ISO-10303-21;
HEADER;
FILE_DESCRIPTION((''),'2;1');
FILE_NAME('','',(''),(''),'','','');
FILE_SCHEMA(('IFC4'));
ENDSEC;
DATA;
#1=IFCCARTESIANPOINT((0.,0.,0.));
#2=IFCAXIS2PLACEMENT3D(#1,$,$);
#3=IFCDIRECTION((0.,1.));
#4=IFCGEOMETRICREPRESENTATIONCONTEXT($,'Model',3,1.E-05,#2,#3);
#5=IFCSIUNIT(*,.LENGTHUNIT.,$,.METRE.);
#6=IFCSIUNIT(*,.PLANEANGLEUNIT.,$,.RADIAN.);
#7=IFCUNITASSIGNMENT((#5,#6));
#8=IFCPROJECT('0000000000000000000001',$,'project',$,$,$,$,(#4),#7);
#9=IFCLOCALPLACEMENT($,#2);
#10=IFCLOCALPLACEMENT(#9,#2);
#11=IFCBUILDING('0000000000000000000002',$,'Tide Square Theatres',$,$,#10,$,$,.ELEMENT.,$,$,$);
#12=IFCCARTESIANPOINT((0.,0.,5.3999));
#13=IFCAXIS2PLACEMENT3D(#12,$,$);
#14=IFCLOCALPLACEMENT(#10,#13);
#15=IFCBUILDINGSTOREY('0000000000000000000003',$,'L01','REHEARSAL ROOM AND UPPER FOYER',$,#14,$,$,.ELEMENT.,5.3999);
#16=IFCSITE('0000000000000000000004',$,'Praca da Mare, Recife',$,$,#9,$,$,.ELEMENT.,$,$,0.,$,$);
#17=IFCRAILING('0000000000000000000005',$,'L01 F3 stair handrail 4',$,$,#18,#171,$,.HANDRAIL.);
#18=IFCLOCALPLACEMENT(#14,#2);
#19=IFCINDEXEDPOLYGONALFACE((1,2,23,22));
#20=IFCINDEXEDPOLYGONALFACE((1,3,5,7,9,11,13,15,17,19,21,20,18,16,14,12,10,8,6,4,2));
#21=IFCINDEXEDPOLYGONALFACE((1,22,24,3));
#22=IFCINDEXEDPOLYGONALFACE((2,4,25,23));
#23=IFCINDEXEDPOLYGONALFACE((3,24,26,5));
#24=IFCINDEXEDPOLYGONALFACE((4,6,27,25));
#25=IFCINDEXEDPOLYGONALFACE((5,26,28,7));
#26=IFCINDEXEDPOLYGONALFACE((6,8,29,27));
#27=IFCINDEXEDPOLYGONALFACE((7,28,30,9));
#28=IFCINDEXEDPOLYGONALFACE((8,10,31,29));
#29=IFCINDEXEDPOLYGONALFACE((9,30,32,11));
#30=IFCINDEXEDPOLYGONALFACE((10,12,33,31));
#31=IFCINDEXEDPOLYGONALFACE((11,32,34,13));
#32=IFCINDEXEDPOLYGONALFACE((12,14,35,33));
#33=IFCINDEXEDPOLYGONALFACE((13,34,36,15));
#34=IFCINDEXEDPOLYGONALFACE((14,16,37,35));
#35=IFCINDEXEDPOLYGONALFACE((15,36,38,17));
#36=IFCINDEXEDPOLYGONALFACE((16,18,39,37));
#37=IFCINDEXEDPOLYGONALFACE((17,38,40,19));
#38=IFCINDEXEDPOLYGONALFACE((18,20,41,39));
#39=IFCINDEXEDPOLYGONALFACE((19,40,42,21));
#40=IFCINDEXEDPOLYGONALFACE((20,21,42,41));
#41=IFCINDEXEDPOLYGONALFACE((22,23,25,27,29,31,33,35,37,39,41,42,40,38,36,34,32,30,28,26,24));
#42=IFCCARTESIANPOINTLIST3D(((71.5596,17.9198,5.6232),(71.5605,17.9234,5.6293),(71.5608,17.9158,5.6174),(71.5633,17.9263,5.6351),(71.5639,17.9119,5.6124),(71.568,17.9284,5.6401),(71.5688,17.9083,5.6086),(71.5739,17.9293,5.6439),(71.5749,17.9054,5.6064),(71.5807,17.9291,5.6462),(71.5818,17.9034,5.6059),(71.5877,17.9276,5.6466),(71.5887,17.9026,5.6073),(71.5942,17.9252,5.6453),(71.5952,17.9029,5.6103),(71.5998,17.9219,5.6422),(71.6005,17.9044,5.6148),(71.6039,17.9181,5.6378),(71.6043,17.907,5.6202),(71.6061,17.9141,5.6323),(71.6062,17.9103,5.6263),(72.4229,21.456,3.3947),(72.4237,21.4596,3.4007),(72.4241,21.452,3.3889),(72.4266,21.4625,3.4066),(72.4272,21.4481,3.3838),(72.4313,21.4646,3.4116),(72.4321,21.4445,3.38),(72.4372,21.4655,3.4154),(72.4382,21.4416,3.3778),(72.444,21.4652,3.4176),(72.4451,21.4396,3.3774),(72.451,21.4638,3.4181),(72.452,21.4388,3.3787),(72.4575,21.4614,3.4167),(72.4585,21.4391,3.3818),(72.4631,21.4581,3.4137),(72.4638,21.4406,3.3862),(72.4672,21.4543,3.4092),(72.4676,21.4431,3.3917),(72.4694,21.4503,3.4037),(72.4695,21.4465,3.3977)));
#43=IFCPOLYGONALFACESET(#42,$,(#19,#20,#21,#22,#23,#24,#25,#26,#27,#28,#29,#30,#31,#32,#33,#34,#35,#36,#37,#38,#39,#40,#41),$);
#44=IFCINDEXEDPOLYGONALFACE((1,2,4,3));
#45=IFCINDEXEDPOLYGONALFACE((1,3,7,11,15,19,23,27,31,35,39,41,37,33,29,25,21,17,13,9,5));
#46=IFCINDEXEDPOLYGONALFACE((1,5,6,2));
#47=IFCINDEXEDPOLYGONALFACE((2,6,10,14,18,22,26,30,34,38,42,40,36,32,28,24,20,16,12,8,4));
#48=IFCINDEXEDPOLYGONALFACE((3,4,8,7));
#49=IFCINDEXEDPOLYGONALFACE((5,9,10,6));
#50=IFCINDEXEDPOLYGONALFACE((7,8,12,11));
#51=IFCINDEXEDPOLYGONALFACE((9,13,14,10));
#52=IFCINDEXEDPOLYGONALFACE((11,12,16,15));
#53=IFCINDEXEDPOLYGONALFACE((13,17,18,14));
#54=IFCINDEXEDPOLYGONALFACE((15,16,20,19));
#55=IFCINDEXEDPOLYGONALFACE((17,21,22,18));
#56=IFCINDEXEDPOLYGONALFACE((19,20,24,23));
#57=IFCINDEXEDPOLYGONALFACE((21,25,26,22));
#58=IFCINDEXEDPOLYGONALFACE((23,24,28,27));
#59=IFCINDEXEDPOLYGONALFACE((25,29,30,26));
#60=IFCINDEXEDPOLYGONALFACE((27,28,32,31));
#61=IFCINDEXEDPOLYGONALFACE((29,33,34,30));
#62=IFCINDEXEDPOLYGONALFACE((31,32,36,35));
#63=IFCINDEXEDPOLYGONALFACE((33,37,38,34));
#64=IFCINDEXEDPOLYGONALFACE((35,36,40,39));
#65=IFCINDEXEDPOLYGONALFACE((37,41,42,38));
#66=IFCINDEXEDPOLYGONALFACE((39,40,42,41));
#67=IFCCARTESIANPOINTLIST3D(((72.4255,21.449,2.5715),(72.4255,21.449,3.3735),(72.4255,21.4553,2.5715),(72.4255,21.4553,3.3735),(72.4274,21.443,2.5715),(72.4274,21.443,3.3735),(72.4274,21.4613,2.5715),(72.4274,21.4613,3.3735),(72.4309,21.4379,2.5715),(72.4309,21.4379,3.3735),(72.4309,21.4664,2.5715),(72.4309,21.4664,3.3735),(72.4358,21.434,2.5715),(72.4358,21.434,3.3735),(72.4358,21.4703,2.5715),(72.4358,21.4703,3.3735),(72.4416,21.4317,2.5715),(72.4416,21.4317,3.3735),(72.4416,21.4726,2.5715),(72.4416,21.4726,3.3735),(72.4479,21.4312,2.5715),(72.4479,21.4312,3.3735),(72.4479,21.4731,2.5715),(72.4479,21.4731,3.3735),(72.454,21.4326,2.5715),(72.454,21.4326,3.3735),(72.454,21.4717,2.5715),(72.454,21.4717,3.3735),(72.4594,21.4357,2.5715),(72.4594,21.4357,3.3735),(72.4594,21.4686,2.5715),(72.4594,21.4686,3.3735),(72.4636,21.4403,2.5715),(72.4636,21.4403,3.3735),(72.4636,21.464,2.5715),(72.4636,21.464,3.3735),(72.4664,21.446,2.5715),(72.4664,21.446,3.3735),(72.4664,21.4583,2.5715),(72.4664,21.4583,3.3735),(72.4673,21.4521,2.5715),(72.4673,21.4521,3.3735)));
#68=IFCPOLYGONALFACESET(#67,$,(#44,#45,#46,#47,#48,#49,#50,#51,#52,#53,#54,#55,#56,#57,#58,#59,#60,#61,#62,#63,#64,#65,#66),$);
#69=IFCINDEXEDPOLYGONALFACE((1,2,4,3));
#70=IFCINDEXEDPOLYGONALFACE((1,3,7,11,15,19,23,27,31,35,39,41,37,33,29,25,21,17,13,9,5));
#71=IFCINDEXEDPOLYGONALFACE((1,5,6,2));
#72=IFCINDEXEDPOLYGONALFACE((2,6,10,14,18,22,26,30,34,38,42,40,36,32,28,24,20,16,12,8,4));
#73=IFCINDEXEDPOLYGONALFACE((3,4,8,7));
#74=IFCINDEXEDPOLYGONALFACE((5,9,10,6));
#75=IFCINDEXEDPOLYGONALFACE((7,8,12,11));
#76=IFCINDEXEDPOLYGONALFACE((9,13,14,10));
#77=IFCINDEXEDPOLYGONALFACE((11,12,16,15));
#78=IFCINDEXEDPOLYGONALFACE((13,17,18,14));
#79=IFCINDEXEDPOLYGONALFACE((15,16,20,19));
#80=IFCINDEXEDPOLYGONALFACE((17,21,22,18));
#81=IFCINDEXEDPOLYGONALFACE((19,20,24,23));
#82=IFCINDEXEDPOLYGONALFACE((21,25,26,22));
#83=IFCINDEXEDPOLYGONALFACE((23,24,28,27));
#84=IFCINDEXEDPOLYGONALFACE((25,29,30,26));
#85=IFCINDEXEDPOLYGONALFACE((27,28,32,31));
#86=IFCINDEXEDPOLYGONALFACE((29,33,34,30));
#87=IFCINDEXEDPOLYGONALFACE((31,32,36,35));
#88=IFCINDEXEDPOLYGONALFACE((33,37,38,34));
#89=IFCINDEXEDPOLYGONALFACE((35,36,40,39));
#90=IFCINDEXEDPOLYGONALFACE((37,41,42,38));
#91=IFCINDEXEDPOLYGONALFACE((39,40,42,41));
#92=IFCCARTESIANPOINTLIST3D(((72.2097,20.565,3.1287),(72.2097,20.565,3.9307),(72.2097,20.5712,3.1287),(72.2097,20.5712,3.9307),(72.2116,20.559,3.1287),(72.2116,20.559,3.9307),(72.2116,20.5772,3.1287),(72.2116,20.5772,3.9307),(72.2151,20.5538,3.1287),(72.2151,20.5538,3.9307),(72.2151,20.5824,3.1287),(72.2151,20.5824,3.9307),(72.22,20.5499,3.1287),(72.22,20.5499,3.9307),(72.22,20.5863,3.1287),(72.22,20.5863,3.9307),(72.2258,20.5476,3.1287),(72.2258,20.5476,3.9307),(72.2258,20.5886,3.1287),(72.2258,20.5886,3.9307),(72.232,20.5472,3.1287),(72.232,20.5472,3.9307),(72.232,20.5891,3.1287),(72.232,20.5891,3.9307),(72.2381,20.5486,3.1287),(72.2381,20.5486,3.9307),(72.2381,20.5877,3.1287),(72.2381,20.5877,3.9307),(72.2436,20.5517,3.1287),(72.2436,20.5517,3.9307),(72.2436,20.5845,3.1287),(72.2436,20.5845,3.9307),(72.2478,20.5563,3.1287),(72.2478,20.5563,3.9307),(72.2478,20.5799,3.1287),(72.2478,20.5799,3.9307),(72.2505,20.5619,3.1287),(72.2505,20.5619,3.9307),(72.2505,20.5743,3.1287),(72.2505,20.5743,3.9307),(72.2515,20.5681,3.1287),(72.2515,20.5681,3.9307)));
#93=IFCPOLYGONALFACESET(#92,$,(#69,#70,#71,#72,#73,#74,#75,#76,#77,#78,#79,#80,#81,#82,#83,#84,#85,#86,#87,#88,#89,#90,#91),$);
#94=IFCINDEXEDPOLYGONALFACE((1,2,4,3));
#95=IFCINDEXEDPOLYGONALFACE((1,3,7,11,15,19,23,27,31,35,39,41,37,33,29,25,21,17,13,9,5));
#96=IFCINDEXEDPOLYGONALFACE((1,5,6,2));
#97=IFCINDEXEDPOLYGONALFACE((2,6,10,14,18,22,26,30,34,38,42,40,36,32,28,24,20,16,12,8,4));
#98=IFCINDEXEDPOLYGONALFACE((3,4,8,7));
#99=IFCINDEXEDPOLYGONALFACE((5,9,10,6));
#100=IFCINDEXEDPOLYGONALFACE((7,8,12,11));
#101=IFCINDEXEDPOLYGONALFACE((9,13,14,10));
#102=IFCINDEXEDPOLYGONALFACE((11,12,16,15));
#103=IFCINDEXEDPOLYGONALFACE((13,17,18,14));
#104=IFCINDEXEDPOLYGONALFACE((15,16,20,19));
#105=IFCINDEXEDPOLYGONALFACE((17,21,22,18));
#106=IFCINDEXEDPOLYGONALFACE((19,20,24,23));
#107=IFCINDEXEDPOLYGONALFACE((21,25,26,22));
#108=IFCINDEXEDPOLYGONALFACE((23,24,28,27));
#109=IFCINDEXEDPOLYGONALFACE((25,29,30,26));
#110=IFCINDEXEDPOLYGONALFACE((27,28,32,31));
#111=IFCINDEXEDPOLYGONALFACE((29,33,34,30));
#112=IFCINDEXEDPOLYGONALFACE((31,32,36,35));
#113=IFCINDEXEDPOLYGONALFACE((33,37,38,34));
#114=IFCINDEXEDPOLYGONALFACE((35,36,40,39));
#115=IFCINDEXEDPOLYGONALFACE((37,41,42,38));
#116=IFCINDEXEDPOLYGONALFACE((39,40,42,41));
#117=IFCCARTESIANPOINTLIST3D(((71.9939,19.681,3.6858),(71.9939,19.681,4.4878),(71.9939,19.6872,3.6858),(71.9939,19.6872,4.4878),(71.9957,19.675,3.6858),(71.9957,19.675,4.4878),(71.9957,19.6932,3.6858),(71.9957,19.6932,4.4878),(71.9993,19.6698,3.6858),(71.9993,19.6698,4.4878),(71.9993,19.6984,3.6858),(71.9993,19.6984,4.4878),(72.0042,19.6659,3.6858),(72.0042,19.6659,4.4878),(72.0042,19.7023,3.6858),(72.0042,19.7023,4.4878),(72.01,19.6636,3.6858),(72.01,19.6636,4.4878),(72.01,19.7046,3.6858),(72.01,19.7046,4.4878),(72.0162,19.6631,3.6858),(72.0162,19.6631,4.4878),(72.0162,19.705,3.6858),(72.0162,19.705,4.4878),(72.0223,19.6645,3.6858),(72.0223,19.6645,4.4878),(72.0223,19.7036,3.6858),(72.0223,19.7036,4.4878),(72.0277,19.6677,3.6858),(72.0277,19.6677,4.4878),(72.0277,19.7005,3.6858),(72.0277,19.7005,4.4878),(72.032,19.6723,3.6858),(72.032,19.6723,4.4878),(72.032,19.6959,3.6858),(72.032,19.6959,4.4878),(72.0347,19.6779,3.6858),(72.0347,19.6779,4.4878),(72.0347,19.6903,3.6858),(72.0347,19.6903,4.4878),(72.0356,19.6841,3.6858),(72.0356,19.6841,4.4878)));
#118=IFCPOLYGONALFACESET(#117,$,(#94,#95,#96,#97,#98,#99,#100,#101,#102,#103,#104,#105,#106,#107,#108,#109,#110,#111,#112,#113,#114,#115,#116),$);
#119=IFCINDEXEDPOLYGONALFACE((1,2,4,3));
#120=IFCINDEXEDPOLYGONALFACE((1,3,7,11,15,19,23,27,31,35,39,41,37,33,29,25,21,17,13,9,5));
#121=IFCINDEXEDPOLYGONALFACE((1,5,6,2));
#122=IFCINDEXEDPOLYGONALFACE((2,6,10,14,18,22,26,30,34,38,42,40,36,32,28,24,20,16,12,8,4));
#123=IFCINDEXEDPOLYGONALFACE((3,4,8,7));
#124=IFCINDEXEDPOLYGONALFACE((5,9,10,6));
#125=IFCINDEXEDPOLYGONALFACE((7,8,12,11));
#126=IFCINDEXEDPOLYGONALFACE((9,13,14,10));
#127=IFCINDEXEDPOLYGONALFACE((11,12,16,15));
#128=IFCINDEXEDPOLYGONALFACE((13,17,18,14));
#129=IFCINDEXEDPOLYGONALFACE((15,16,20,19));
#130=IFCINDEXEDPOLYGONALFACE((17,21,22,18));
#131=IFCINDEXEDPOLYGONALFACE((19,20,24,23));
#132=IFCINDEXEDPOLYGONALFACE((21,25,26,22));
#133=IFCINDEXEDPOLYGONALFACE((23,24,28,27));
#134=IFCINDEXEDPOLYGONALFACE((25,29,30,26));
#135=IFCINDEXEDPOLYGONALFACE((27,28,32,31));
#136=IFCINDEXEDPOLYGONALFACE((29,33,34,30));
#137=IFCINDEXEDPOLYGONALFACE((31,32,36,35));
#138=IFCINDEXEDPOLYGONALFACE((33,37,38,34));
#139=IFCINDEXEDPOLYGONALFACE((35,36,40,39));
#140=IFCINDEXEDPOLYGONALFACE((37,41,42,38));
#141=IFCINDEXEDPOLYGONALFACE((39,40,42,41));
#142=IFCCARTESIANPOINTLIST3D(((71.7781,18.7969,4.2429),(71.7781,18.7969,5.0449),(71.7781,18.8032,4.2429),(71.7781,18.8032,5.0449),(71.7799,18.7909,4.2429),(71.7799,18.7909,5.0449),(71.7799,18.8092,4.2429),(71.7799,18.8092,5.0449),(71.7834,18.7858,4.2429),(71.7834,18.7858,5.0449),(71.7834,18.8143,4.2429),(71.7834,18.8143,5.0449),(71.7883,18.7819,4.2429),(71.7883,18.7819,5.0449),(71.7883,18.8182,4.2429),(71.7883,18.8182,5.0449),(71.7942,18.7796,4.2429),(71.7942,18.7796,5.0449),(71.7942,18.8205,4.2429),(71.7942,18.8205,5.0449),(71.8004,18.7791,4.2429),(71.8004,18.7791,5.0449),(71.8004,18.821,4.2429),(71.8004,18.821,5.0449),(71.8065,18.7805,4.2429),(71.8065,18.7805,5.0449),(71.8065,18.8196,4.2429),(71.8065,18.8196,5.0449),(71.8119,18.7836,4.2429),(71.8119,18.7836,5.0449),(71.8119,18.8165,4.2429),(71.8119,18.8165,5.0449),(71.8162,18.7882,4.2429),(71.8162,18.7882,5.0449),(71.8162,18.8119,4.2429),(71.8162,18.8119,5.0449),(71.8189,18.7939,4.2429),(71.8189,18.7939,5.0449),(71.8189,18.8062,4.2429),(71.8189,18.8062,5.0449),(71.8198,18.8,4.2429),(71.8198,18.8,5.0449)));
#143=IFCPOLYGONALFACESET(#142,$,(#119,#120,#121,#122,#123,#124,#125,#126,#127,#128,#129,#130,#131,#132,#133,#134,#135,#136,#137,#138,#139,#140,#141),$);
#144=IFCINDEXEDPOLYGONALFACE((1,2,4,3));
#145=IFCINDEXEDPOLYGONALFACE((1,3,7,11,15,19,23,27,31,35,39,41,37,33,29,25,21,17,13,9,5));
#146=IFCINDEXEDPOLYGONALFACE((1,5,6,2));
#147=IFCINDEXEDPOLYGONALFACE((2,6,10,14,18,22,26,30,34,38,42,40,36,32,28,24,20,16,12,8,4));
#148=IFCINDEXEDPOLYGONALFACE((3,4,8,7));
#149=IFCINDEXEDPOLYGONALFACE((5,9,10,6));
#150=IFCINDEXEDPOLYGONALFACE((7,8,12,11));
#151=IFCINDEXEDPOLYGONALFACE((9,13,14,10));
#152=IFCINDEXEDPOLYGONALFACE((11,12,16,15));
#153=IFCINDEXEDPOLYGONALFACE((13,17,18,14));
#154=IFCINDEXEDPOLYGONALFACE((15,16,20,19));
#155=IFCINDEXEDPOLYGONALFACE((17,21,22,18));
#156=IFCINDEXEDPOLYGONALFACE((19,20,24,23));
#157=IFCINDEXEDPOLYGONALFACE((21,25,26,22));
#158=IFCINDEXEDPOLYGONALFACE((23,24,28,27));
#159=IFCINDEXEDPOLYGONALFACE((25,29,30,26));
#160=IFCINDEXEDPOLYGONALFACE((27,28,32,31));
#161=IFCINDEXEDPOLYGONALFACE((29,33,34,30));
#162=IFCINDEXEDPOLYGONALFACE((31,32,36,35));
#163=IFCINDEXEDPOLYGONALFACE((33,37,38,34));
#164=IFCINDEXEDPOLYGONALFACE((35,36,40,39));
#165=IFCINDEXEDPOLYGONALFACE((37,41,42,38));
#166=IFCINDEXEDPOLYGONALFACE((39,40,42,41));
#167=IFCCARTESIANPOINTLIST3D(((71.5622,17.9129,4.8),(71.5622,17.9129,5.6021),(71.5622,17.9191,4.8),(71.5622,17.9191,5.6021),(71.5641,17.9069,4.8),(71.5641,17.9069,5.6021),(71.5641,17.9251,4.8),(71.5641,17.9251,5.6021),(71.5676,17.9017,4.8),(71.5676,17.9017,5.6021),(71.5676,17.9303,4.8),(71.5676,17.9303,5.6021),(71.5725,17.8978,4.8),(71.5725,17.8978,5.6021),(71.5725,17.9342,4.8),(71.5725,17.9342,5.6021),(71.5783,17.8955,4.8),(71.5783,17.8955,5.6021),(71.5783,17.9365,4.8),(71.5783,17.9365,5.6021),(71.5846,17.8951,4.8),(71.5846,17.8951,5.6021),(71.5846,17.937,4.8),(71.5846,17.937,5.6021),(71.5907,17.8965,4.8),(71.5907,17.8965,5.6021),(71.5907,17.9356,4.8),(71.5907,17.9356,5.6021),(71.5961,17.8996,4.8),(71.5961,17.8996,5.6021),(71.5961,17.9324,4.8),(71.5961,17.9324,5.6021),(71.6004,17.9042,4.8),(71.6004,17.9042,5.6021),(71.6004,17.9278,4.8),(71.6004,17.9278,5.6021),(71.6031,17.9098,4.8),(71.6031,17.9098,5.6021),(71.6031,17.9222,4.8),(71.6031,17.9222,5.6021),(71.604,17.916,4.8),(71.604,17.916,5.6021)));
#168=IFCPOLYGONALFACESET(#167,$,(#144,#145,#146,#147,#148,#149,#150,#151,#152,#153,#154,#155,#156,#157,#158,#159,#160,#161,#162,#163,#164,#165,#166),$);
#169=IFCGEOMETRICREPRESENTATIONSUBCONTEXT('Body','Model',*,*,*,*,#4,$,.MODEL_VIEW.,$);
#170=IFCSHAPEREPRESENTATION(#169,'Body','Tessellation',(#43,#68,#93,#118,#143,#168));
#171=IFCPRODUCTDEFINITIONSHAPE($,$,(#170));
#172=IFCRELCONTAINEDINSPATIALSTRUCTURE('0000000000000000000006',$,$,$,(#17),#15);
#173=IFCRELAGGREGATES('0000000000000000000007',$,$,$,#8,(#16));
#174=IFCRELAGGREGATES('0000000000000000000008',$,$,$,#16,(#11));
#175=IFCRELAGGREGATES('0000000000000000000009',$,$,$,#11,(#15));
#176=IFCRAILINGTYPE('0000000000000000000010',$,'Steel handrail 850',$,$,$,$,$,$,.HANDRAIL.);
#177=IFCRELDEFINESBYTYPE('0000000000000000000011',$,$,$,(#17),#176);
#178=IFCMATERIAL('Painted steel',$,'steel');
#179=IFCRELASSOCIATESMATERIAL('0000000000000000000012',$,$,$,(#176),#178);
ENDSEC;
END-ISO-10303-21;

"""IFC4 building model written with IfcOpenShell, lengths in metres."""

from ifc_helpers import new_model, si_unit, direction, frame, origin, origin_2d, place, context, subcontext, project, spatial, circle, extrude, material, type_object, element, save


model = new_model("IFC4")

# Units and contexts
model_context = context("Model", 3, precision=1e-05, world=origin(), true_north=direction((0.0, 1.0)))
body_context = subcontext(model_context, "Body", "Model", "MODEL_VIEW")
ifc_project = project(units=[si_unit("LENGTHUNIT", "METRE"), si_unit("PLANEANGLEUNIT", "RADIAN")], contexts=[model_context])

# Site, building, storey
site_placement = place(None, origin())
site = spatial("IfcSite", under=ifc_project, at=site_placement, Name="Praca da Mare, Recife", CompositionType="ELEMENT", RefElevation=0.0)
building_placement = place(site_placement, origin())
building = spatial("IfcBuilding", under=site, at=building_placement, Name="Tide Square Theatres", CompositionType="ELEMENT")
storey_placement = place(building_placement, frame((0.0, 0.0, 5.3999)))
storey = spatial("IfcBuildingStorey", under=building, at=storey_placement, Name="L01", Description="REHEARSAL ROOM AND UPPER FOYER", CompositionType="ELEMENT", Elevation=5.3999)

# Railing
ifc_material_1 = material(Name="Painted steel", Category="steel")
railing_type_1 = type_object("IfcRailingType", Name="Steel handrail 850", PredefinedType="HANDRAIL", material=ifc_material_1)
railing_1_placement = place(storey_placement, frame((72.4463, 21.4521, 2.5715)))
element("IfcRailing", 1, at=railing_1_placement, inside=storey, type_object=railing_type_1, Name="L01 F3 stair handrail 4", PredefinedType="HANDRAIL", context=body_context, shape_type="SweptSolid", body=[
    extrude(circle(Radius=0.0239, at=origin_2d()), frame((0.0, 0.0, 0.8262), z_axis=(-0.202269, -0.828523, 0.522146), x_axis=(0.971469, -0.237166, 0.0)), (0.0, 0.0, 1.0), 4.2681),
    extrude(circle(Radius=0.021, at=origin_2d()), origin(), (0.0, 0.0, 1.0), 0.802),
    extrude(circle(Radius=0.021, at=origin_2d()), frame((-0.2158, -0.884, 0.5571)), (0.0, 0.0, 1.0), 0.802),
    extrude(circle(Radius=0.021, at=origin_2d()), frame((-0.4316, -1.7681, 1.1143)), (0.0, 0.0, 1.0), 0.802),
    extrude(circle(Radius=0.021, at=origin_2d()), frame((-0.6475, -2.6521, 1.6714)), (0.0, 0.0, 1.0), 0.802),
    extrude(circle(Radius=0.021, at=origin_2d()), frame((-0.8633, -3.5361, 2.2285)), (0.0, 0.0, 1.0), 0.802),
])

save(model, "model.ifc")
